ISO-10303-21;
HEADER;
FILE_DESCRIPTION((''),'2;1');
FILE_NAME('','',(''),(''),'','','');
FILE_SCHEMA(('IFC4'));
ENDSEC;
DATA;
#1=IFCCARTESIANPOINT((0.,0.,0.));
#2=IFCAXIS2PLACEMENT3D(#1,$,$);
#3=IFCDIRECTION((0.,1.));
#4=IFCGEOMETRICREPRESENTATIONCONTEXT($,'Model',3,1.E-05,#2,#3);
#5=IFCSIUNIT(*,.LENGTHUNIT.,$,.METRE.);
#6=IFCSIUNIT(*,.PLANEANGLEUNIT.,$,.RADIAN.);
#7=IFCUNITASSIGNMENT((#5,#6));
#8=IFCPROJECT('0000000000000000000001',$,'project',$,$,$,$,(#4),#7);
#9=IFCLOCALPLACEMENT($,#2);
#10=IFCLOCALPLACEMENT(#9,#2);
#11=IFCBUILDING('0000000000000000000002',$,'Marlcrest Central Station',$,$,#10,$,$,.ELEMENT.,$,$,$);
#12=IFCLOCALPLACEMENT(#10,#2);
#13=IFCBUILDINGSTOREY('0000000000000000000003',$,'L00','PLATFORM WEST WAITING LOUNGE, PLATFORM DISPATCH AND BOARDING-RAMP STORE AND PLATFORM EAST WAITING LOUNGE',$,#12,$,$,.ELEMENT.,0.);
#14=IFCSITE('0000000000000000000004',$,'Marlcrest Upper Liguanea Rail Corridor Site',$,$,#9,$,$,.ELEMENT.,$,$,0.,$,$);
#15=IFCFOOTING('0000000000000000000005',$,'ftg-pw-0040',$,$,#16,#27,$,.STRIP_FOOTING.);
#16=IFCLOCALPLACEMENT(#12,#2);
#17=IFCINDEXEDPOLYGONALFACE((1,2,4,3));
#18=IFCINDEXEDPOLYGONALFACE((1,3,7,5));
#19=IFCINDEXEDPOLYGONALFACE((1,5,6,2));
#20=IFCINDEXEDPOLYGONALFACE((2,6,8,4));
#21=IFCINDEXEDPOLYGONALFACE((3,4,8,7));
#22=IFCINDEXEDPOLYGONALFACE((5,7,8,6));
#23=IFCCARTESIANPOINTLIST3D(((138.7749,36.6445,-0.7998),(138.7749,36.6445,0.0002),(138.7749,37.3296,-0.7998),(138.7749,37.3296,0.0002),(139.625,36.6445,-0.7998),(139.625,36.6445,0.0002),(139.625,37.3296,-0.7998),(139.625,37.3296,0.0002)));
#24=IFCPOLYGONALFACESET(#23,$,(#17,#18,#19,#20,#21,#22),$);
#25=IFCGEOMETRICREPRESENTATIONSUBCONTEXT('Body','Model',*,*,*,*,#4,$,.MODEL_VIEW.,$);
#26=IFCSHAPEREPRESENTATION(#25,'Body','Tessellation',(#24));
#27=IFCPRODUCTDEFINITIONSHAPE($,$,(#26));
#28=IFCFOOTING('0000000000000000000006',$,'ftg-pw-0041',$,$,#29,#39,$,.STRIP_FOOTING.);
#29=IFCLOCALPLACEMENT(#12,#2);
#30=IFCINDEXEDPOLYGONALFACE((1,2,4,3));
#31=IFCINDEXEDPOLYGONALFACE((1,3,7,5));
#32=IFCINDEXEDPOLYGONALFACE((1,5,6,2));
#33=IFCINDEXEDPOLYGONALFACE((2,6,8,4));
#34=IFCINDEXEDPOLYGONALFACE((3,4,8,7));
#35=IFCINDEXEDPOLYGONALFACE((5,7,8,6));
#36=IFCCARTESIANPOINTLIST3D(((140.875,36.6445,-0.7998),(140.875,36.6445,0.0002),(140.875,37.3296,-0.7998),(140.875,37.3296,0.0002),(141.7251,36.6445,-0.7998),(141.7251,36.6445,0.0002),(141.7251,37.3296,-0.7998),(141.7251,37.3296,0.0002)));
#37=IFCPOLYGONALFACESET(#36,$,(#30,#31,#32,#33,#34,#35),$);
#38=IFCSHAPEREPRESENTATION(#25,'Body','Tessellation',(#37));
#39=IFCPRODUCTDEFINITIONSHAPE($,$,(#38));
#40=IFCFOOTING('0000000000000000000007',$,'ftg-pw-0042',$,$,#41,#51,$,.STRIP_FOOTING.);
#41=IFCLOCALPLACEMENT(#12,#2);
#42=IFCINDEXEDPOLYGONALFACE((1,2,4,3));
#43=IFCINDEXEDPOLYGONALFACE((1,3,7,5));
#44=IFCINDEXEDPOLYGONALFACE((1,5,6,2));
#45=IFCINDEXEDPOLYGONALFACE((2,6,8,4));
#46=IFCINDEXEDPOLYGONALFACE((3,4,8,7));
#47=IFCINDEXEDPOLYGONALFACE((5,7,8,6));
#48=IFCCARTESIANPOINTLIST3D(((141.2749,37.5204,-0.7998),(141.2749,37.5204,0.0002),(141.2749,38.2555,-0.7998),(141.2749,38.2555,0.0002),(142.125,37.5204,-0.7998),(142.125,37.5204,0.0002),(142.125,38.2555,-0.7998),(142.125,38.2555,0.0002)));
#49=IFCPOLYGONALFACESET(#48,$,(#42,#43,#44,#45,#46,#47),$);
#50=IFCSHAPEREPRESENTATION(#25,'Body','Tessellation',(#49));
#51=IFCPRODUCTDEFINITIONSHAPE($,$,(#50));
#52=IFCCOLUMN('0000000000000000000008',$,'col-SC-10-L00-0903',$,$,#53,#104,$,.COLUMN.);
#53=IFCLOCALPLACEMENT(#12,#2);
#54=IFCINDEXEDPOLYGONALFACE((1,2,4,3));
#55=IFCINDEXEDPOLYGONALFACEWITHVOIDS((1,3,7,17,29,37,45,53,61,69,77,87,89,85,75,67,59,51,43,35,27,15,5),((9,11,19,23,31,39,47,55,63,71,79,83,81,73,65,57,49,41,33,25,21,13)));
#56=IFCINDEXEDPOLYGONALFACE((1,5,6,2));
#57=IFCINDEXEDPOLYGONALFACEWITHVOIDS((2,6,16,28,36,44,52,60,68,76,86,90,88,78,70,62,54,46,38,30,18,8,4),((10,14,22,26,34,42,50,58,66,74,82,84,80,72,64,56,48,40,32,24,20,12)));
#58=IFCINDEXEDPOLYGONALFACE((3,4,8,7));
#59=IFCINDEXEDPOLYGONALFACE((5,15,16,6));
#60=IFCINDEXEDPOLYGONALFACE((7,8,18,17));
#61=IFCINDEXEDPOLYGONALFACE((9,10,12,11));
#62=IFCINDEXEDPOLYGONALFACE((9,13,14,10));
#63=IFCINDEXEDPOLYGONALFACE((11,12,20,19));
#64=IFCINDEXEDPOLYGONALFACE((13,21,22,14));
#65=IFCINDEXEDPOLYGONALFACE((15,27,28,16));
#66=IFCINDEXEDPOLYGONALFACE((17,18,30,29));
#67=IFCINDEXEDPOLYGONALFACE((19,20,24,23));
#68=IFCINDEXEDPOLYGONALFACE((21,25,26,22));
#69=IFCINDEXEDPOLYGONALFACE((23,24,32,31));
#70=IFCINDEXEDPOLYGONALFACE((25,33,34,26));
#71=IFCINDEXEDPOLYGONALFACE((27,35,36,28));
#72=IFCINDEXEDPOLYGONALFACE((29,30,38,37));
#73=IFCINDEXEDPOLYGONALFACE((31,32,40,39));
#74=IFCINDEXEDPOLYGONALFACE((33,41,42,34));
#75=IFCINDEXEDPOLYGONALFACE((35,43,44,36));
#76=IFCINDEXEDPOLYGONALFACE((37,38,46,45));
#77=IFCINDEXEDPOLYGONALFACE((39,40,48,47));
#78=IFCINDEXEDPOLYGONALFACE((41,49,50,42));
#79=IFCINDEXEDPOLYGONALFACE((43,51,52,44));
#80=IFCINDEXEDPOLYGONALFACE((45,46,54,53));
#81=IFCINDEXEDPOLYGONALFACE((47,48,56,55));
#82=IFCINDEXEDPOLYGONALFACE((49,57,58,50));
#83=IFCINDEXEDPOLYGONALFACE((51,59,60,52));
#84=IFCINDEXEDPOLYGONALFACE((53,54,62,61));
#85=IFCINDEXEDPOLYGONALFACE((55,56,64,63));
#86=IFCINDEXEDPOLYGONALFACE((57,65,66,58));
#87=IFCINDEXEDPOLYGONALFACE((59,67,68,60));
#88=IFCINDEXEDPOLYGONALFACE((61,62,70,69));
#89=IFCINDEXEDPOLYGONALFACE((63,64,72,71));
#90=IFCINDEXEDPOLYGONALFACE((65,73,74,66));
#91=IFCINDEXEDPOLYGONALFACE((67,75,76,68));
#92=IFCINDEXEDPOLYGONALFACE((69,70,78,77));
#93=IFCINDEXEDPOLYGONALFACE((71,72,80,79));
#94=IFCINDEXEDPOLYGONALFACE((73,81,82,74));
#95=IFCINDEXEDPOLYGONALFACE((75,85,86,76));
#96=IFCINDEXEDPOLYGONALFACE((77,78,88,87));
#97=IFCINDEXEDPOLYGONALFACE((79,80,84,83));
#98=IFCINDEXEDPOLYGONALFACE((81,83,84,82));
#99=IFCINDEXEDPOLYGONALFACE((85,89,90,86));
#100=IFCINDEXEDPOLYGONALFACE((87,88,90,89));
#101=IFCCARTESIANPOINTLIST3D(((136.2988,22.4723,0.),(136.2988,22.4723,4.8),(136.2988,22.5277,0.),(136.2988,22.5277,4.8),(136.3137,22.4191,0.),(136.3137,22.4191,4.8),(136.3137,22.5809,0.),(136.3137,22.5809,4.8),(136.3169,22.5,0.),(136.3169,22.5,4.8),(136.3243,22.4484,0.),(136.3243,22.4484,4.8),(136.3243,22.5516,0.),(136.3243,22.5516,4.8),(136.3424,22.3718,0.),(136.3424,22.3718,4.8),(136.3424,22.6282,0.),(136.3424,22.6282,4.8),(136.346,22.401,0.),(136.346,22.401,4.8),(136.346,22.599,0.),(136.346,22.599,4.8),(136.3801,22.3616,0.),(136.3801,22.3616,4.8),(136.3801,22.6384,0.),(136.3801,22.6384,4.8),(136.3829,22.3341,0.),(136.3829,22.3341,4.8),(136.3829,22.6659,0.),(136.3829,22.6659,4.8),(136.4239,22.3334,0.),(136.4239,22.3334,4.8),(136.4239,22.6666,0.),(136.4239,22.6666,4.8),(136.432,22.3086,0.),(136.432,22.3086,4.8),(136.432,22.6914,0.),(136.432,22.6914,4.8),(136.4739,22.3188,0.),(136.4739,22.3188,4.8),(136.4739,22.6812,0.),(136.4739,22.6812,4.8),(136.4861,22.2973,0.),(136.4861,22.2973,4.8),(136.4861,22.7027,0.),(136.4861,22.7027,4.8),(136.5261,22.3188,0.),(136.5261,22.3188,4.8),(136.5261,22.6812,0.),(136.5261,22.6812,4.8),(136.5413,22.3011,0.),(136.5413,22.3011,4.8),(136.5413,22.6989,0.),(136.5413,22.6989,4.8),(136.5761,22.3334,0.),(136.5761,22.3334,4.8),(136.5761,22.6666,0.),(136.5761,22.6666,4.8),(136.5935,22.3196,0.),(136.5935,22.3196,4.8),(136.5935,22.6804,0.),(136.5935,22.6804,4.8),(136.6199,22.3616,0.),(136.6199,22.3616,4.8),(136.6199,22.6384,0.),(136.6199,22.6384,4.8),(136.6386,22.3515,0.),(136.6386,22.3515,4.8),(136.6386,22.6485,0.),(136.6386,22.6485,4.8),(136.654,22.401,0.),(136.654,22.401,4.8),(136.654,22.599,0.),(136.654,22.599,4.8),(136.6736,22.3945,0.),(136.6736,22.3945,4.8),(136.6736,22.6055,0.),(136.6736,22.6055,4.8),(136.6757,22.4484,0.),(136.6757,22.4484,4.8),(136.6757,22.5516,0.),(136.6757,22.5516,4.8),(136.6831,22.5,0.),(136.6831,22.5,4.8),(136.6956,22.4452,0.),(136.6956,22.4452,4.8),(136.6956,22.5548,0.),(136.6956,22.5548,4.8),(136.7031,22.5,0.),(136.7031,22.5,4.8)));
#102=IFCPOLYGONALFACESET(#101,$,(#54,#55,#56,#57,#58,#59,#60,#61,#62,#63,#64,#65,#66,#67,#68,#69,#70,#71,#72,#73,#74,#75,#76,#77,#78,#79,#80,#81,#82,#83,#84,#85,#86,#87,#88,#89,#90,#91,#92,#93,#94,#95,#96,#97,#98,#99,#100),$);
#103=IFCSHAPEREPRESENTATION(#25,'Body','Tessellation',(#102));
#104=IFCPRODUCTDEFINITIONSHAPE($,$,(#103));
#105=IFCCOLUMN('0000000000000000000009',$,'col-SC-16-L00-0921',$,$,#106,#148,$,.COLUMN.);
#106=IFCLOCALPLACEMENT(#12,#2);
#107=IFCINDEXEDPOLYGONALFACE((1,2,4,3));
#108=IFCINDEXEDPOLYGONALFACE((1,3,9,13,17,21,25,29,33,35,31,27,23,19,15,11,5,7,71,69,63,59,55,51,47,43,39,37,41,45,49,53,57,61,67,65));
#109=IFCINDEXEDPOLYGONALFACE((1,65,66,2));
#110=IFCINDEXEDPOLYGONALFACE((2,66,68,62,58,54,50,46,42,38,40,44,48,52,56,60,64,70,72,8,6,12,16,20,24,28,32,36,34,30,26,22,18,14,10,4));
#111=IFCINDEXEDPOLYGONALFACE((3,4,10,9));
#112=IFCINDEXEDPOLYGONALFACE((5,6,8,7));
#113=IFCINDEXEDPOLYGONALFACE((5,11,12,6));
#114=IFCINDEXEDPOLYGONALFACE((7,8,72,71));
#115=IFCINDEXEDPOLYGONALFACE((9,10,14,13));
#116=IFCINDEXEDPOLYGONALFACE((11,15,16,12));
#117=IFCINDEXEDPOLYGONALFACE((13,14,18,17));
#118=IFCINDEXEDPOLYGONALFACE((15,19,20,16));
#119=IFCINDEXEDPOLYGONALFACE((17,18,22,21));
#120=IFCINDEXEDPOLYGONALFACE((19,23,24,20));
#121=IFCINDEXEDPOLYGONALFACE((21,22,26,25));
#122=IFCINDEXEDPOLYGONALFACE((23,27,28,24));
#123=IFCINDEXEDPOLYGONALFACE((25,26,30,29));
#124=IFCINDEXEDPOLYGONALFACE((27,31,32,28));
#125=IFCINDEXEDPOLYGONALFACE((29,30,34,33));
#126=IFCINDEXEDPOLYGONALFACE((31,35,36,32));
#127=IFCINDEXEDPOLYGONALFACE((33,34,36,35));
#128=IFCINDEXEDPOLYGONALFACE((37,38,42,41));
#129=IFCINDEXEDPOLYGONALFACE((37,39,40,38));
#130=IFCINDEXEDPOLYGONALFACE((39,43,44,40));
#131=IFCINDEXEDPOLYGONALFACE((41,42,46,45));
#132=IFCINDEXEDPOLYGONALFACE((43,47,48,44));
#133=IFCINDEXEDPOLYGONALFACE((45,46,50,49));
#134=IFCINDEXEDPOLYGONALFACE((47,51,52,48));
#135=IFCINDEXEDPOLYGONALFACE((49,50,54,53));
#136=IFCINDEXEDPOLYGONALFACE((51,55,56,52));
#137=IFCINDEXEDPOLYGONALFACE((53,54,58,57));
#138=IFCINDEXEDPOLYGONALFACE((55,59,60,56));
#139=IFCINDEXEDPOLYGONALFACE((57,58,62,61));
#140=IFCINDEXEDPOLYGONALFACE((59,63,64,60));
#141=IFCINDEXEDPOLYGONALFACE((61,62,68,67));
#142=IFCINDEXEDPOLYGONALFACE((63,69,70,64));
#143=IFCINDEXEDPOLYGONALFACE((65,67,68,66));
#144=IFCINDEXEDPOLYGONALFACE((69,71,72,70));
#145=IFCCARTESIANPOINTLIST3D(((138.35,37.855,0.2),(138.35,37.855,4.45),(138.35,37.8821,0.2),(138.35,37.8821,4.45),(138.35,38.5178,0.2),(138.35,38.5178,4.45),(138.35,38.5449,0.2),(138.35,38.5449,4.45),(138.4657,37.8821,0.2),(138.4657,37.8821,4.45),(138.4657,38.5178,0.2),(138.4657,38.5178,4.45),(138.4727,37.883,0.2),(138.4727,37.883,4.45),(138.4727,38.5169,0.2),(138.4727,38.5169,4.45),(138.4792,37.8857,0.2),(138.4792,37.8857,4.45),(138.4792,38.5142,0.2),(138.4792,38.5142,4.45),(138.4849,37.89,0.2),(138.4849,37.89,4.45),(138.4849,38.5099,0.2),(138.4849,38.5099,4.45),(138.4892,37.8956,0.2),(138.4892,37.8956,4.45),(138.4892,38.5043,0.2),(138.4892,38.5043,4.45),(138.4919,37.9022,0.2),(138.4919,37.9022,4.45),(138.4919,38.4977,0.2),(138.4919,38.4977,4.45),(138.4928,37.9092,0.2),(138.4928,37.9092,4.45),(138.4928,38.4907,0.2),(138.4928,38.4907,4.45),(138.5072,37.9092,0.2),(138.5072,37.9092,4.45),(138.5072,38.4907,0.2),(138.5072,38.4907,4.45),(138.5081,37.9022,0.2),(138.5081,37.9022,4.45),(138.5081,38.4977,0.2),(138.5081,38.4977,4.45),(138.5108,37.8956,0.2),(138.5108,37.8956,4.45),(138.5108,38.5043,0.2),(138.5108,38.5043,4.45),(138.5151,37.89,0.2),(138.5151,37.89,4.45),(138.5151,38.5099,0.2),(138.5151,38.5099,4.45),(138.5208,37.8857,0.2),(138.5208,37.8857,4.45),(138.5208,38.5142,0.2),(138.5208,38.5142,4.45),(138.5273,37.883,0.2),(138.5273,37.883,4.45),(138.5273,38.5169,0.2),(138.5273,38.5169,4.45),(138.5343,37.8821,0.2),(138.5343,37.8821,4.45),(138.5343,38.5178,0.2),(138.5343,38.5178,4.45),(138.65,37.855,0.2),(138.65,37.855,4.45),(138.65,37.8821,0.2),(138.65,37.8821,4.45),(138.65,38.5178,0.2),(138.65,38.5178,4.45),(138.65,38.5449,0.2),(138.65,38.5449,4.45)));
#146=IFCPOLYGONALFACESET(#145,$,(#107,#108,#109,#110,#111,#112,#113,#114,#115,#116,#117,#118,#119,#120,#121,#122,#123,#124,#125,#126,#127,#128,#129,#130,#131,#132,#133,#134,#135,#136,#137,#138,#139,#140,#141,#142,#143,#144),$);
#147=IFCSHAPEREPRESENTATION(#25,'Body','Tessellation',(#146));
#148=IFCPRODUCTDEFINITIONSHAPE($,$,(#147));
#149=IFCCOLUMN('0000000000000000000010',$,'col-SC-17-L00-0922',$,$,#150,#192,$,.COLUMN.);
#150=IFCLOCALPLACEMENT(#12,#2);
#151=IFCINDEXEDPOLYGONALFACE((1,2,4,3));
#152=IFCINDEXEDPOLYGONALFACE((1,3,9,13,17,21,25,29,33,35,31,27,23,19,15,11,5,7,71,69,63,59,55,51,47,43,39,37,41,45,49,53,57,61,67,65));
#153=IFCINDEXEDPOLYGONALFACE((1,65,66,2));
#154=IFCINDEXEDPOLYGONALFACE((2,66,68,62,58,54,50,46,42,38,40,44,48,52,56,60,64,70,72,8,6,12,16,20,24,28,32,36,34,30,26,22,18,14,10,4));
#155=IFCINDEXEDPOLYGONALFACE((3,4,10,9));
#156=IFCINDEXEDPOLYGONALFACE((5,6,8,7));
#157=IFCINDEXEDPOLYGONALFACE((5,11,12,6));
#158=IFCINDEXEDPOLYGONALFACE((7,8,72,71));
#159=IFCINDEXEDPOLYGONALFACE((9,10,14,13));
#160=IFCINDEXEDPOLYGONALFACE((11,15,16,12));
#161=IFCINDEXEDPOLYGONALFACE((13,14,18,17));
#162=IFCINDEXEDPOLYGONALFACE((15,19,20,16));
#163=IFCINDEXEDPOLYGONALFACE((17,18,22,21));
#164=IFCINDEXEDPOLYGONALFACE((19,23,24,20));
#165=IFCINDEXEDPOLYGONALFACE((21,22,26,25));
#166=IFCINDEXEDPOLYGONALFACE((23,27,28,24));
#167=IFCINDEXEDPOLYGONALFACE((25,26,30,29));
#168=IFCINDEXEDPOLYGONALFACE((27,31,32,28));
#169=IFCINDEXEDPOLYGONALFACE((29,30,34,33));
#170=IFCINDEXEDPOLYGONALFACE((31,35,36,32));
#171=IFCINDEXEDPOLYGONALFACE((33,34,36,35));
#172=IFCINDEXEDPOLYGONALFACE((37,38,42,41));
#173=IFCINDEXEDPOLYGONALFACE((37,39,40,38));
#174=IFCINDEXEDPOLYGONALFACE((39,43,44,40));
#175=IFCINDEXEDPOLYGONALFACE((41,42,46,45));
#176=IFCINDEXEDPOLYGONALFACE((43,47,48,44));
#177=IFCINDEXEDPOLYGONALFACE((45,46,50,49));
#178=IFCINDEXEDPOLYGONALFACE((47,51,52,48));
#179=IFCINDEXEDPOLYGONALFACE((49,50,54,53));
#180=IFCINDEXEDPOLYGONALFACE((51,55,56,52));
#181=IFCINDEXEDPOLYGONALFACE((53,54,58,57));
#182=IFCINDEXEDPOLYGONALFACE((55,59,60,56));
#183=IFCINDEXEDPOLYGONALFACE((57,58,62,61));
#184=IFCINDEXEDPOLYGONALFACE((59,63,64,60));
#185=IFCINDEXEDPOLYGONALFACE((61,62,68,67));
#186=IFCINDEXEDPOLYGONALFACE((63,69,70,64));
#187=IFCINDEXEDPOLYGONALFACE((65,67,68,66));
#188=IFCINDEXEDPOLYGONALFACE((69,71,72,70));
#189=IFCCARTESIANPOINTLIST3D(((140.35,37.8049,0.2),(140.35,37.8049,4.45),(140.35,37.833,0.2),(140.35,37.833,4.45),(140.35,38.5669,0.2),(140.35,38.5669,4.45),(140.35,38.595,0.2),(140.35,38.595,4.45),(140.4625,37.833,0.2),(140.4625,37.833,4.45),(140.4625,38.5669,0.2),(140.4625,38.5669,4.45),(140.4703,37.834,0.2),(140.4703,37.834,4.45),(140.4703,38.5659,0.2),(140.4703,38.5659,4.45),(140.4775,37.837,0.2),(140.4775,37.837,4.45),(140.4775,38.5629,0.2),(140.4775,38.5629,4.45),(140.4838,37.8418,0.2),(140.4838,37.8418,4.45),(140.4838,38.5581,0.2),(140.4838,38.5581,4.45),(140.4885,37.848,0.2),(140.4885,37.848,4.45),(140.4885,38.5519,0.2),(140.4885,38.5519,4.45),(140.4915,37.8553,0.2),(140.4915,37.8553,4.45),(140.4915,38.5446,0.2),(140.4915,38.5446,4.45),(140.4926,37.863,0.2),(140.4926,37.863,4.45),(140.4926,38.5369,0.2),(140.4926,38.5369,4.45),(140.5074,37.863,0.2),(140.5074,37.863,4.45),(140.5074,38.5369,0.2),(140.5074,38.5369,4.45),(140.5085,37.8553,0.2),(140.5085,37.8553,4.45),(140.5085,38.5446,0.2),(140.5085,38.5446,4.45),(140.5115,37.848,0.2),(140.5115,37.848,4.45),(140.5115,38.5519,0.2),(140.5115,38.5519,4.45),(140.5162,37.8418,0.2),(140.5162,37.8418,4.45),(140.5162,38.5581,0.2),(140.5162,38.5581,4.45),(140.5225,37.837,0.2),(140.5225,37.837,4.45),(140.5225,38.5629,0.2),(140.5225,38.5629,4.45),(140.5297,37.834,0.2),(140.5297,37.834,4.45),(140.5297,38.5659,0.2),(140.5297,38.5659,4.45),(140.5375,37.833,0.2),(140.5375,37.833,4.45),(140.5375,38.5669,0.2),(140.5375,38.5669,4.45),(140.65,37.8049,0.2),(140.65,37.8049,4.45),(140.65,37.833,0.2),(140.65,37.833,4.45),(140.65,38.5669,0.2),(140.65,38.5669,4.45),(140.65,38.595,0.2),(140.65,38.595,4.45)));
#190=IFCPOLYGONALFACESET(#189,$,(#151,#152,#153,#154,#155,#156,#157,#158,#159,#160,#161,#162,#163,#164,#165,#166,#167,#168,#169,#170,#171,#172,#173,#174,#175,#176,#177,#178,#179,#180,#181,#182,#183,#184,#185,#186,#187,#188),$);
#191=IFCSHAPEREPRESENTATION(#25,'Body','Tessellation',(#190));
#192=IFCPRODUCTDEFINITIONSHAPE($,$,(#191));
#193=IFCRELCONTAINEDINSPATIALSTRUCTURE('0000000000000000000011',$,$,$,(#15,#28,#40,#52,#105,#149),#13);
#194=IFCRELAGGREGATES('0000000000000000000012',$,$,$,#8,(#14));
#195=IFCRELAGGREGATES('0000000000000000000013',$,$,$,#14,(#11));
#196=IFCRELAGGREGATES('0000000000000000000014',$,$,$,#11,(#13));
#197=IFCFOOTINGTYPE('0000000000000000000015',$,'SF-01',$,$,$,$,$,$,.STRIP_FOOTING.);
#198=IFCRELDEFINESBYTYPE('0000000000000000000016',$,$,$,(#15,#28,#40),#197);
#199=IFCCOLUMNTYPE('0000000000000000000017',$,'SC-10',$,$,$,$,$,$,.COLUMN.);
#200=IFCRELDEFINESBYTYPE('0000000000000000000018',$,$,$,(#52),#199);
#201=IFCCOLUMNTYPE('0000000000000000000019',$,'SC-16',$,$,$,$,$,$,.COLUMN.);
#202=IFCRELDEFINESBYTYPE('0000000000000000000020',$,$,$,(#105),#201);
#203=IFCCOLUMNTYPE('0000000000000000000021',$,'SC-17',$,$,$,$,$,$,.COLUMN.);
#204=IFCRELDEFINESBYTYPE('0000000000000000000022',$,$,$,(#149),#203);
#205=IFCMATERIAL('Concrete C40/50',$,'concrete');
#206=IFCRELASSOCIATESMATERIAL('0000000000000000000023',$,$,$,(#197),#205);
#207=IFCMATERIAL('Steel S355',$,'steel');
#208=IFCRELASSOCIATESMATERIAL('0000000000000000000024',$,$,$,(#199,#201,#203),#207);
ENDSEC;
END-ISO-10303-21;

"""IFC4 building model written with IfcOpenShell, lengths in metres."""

from ifc_helpers import new_model, si_unit, direction, frame, origin, origin_2d, place, context, subcontext, project, spatial, rectangle, hollow_circle, i_section, extrude, material, material_profile, profile_set, type_object, element, save


model = new_model("IFC4")

# Units and contexts
model_context = context("Model", 3, precision=1e-05, world=origin(), true_north=direction((0.0, 1.0)))
body_context = subcontext(model_context, "Body", "Model", "MODEL_VIEW")
ifc_project = project(units=[si_unit("LENGTHUNIT", "METRE"), si_unit("PLANEANGLEUNIT", "RADIAN")], contexts=[model_context])

# Site, building, storey
site_placement = place(None, origin())
site = spatial("IfcSite", under=ifc_project, at=site_placement, Name="Marlcrest Upper Liguanea Rail Corridor Site", CompositionType="ELEMENT", RefElevation=0.0)
building_placement = place(site_placement, origin())
building = spatial("IfcBuilding", under=site, at=building_placement, Name="Marlcrest Central Station", CompositionType="ELEMENT")
storey_placement = place(building_placement, origin())
storey = spatial("IfcBuildingStorey", under=building, at=storey_placement, Name="L00", Description="PLATFORM WEST WAITING LOUNGE, PLATFORM DISPATCH AND BOARDING-RAMP STORE AND PLATFORM EAST WAITING LOUNGE", CompositionType="ELEMENT", Elevation=0.0)

# Footings
ifc_material_1 = material(Name="Concrete C40/50", Category="concrete")
footing_type_1 = type_object("IfcFootingType", Name="SF-01", PredefinedType="STRIP_FOOTING", material=ifc_material_1)
for number, where, z_axis, x_axis, name in (
    (1, (139.2, 36.9871, -0.7998), (0.0, 0.0, 1.0), (1.0, 0.0, 0.0), "ftg-pw-0040"),
    (2, (141.3, 36.9871, -0.7998), (0.0, 0.0, 1.0), (1.0, 0.0, 0.0), "ftg-pw-0041"),
):
    element("IfcFooting", number, at=place(storey_placement, frame(where, z_axis=z_axis, x_axis=x_axis)), inside=storey, type_object=footing_type_1, Name=name, PredefinedType="STRIP_FOOTING", context=body_context, shape_type="SweptSolid", body=[
        extrude(rectangle(XDim=0.8501, YDim=0.6851, at=origin_2d()), origin(), (0.0, 0.0, 1.0), 0.8),
    ])
footing_1_placement = place(storey_placement, frame((141.7, 37.8879, -0.7998), z_axis=(0.0, 0.0, 1.0), x_axis=(1.0, 0.0, 0.0)))
element("IfcFooting", 3, at=footing_1_placement, inside=storey, type_object=footing_type_1, Name="ftg-pw-0042", PredefinedType="STRIP_FOOTING", context=body_context, shape_type="SweptSolid", body=[
    extrude(rectangle(XDim=0.8501, YDim=0.7351, at=origin_2d()), origin(), (0.0, 0.0, 1.0), 0.8),
])

# Columns
ifc_material_2 = material(Name="Steel S355", Category="steel")
ifc_material_profile_1 = material_profile(ifc_material_2, hollow_circle(Radius=0.2031, WallThickness=0.02, at=origin_2d()), Name="CHS 406.4x20")
ifc_profile_set_1 = profile_set([ifc_material_profile_1], Name="Steel S355")
column_type_1 = type_object("IfcColumnType", Name="SC-10", PredefinedType="COLUMN", material=ifc_profile_set_1)
column_1_placement = place(storey_placement, frame((136.5, 22.5, 0.0), z_axis=(0.0, 0.0, 1.0), x_axis=(1.0, 0.0, 0.0)))
element("IfcColumn", 4, at=column_1_placement, inside=storey, type_object=column_type_1, Name="col-SC-10-L00-0903", PredefinedType="COLUMN", context=body_context, shape_type="SweptSolid", body=[
    extrude(hollow_circle(Radius=0.2031, WallThickness=0.02, at=origin_2d()), origin(), (0.0, 0.0, 1.0), 4.8),
])
ifc_material_profile_2 = material_profile(ifc_material_2, i_section(OverallWidth=0.3, OverallDepth=0.6899, WebThickness=0.0144, FlangeThickness=0.0271, FilletRadius=0.0271, at=origin_2d()), Name="HEA 700")
ifc_profile_set_2 = profile_set([ifc_material_profile_2], Name="Steel S355")
column_type_2 = type_object("IfcColumnType", Name="SC-16", PredefinedType="COLUMN", material=ifc_profile_set_2)
column_2_placement = place(storey_placement, frame((138.5, 38.2, 0.2), z_axis=(0.0, 0.0, 1.0), x_axis=(1.0, 0.0, 0.0)))
element("IfcColumn", 5, at=column_2_placement, inside=storey, type_object=column_type_2, Name="col-SC-16-L00-0921", PredefinedType="COLUMN", context=body_context, shape_type="SweptSolid", body=[
    extrude(i_section(OverallWidth=0.3, OverallDepth=0.6899, WebThickness=0.0144, FlangeThickness=0.0271, FilletRadius=0.0271, at=origin_2d()), origin(), (0.0, 0.0, 1.0), 4.25),
])
ifc_material_profile_3 = material_profile(ifc_material_2, i_section(OverallWidth=0.3, OverallDepth=0.79, WebThickness=0.0149, FlangeThickness=0.0281, FilletRadius=0.03, at=origin_2d()), Name="HEA 800")
ifc_profile_set_3 = profile_set([ifc_material_profile_3], Name="Steel S355")
column_type_3 = type_object("IfcColumnType", Name="SC-17", PredefinedType="COLUMN", material=ifc_profile_set_3)
column_3_placement = place(storey_placement, frame((140.5, 38.2, 0.2), z_axis=(0.0, 0.0, 1.0), x_axis=(1.0, 0.0, 0.0)))
element("IfcColumn", 6, at=column_3_placement, inside=storey, type_object=column_type_3, Name="col-SC-17-L00-0922", PredefinedType="COLUMN", context=body_context, shape_type="SweptSolid", body=[
    extrude(i_section(OverallWidth=0.3, OverallDepth=0.79, WebThickness=0.0149, FlangeThickness=0.0281, FilletRadius=0.03, at=origin_2d()), origin(), (0.0, 0.0, 1.0), 4.25),
])

save(model, "model.ifc")
